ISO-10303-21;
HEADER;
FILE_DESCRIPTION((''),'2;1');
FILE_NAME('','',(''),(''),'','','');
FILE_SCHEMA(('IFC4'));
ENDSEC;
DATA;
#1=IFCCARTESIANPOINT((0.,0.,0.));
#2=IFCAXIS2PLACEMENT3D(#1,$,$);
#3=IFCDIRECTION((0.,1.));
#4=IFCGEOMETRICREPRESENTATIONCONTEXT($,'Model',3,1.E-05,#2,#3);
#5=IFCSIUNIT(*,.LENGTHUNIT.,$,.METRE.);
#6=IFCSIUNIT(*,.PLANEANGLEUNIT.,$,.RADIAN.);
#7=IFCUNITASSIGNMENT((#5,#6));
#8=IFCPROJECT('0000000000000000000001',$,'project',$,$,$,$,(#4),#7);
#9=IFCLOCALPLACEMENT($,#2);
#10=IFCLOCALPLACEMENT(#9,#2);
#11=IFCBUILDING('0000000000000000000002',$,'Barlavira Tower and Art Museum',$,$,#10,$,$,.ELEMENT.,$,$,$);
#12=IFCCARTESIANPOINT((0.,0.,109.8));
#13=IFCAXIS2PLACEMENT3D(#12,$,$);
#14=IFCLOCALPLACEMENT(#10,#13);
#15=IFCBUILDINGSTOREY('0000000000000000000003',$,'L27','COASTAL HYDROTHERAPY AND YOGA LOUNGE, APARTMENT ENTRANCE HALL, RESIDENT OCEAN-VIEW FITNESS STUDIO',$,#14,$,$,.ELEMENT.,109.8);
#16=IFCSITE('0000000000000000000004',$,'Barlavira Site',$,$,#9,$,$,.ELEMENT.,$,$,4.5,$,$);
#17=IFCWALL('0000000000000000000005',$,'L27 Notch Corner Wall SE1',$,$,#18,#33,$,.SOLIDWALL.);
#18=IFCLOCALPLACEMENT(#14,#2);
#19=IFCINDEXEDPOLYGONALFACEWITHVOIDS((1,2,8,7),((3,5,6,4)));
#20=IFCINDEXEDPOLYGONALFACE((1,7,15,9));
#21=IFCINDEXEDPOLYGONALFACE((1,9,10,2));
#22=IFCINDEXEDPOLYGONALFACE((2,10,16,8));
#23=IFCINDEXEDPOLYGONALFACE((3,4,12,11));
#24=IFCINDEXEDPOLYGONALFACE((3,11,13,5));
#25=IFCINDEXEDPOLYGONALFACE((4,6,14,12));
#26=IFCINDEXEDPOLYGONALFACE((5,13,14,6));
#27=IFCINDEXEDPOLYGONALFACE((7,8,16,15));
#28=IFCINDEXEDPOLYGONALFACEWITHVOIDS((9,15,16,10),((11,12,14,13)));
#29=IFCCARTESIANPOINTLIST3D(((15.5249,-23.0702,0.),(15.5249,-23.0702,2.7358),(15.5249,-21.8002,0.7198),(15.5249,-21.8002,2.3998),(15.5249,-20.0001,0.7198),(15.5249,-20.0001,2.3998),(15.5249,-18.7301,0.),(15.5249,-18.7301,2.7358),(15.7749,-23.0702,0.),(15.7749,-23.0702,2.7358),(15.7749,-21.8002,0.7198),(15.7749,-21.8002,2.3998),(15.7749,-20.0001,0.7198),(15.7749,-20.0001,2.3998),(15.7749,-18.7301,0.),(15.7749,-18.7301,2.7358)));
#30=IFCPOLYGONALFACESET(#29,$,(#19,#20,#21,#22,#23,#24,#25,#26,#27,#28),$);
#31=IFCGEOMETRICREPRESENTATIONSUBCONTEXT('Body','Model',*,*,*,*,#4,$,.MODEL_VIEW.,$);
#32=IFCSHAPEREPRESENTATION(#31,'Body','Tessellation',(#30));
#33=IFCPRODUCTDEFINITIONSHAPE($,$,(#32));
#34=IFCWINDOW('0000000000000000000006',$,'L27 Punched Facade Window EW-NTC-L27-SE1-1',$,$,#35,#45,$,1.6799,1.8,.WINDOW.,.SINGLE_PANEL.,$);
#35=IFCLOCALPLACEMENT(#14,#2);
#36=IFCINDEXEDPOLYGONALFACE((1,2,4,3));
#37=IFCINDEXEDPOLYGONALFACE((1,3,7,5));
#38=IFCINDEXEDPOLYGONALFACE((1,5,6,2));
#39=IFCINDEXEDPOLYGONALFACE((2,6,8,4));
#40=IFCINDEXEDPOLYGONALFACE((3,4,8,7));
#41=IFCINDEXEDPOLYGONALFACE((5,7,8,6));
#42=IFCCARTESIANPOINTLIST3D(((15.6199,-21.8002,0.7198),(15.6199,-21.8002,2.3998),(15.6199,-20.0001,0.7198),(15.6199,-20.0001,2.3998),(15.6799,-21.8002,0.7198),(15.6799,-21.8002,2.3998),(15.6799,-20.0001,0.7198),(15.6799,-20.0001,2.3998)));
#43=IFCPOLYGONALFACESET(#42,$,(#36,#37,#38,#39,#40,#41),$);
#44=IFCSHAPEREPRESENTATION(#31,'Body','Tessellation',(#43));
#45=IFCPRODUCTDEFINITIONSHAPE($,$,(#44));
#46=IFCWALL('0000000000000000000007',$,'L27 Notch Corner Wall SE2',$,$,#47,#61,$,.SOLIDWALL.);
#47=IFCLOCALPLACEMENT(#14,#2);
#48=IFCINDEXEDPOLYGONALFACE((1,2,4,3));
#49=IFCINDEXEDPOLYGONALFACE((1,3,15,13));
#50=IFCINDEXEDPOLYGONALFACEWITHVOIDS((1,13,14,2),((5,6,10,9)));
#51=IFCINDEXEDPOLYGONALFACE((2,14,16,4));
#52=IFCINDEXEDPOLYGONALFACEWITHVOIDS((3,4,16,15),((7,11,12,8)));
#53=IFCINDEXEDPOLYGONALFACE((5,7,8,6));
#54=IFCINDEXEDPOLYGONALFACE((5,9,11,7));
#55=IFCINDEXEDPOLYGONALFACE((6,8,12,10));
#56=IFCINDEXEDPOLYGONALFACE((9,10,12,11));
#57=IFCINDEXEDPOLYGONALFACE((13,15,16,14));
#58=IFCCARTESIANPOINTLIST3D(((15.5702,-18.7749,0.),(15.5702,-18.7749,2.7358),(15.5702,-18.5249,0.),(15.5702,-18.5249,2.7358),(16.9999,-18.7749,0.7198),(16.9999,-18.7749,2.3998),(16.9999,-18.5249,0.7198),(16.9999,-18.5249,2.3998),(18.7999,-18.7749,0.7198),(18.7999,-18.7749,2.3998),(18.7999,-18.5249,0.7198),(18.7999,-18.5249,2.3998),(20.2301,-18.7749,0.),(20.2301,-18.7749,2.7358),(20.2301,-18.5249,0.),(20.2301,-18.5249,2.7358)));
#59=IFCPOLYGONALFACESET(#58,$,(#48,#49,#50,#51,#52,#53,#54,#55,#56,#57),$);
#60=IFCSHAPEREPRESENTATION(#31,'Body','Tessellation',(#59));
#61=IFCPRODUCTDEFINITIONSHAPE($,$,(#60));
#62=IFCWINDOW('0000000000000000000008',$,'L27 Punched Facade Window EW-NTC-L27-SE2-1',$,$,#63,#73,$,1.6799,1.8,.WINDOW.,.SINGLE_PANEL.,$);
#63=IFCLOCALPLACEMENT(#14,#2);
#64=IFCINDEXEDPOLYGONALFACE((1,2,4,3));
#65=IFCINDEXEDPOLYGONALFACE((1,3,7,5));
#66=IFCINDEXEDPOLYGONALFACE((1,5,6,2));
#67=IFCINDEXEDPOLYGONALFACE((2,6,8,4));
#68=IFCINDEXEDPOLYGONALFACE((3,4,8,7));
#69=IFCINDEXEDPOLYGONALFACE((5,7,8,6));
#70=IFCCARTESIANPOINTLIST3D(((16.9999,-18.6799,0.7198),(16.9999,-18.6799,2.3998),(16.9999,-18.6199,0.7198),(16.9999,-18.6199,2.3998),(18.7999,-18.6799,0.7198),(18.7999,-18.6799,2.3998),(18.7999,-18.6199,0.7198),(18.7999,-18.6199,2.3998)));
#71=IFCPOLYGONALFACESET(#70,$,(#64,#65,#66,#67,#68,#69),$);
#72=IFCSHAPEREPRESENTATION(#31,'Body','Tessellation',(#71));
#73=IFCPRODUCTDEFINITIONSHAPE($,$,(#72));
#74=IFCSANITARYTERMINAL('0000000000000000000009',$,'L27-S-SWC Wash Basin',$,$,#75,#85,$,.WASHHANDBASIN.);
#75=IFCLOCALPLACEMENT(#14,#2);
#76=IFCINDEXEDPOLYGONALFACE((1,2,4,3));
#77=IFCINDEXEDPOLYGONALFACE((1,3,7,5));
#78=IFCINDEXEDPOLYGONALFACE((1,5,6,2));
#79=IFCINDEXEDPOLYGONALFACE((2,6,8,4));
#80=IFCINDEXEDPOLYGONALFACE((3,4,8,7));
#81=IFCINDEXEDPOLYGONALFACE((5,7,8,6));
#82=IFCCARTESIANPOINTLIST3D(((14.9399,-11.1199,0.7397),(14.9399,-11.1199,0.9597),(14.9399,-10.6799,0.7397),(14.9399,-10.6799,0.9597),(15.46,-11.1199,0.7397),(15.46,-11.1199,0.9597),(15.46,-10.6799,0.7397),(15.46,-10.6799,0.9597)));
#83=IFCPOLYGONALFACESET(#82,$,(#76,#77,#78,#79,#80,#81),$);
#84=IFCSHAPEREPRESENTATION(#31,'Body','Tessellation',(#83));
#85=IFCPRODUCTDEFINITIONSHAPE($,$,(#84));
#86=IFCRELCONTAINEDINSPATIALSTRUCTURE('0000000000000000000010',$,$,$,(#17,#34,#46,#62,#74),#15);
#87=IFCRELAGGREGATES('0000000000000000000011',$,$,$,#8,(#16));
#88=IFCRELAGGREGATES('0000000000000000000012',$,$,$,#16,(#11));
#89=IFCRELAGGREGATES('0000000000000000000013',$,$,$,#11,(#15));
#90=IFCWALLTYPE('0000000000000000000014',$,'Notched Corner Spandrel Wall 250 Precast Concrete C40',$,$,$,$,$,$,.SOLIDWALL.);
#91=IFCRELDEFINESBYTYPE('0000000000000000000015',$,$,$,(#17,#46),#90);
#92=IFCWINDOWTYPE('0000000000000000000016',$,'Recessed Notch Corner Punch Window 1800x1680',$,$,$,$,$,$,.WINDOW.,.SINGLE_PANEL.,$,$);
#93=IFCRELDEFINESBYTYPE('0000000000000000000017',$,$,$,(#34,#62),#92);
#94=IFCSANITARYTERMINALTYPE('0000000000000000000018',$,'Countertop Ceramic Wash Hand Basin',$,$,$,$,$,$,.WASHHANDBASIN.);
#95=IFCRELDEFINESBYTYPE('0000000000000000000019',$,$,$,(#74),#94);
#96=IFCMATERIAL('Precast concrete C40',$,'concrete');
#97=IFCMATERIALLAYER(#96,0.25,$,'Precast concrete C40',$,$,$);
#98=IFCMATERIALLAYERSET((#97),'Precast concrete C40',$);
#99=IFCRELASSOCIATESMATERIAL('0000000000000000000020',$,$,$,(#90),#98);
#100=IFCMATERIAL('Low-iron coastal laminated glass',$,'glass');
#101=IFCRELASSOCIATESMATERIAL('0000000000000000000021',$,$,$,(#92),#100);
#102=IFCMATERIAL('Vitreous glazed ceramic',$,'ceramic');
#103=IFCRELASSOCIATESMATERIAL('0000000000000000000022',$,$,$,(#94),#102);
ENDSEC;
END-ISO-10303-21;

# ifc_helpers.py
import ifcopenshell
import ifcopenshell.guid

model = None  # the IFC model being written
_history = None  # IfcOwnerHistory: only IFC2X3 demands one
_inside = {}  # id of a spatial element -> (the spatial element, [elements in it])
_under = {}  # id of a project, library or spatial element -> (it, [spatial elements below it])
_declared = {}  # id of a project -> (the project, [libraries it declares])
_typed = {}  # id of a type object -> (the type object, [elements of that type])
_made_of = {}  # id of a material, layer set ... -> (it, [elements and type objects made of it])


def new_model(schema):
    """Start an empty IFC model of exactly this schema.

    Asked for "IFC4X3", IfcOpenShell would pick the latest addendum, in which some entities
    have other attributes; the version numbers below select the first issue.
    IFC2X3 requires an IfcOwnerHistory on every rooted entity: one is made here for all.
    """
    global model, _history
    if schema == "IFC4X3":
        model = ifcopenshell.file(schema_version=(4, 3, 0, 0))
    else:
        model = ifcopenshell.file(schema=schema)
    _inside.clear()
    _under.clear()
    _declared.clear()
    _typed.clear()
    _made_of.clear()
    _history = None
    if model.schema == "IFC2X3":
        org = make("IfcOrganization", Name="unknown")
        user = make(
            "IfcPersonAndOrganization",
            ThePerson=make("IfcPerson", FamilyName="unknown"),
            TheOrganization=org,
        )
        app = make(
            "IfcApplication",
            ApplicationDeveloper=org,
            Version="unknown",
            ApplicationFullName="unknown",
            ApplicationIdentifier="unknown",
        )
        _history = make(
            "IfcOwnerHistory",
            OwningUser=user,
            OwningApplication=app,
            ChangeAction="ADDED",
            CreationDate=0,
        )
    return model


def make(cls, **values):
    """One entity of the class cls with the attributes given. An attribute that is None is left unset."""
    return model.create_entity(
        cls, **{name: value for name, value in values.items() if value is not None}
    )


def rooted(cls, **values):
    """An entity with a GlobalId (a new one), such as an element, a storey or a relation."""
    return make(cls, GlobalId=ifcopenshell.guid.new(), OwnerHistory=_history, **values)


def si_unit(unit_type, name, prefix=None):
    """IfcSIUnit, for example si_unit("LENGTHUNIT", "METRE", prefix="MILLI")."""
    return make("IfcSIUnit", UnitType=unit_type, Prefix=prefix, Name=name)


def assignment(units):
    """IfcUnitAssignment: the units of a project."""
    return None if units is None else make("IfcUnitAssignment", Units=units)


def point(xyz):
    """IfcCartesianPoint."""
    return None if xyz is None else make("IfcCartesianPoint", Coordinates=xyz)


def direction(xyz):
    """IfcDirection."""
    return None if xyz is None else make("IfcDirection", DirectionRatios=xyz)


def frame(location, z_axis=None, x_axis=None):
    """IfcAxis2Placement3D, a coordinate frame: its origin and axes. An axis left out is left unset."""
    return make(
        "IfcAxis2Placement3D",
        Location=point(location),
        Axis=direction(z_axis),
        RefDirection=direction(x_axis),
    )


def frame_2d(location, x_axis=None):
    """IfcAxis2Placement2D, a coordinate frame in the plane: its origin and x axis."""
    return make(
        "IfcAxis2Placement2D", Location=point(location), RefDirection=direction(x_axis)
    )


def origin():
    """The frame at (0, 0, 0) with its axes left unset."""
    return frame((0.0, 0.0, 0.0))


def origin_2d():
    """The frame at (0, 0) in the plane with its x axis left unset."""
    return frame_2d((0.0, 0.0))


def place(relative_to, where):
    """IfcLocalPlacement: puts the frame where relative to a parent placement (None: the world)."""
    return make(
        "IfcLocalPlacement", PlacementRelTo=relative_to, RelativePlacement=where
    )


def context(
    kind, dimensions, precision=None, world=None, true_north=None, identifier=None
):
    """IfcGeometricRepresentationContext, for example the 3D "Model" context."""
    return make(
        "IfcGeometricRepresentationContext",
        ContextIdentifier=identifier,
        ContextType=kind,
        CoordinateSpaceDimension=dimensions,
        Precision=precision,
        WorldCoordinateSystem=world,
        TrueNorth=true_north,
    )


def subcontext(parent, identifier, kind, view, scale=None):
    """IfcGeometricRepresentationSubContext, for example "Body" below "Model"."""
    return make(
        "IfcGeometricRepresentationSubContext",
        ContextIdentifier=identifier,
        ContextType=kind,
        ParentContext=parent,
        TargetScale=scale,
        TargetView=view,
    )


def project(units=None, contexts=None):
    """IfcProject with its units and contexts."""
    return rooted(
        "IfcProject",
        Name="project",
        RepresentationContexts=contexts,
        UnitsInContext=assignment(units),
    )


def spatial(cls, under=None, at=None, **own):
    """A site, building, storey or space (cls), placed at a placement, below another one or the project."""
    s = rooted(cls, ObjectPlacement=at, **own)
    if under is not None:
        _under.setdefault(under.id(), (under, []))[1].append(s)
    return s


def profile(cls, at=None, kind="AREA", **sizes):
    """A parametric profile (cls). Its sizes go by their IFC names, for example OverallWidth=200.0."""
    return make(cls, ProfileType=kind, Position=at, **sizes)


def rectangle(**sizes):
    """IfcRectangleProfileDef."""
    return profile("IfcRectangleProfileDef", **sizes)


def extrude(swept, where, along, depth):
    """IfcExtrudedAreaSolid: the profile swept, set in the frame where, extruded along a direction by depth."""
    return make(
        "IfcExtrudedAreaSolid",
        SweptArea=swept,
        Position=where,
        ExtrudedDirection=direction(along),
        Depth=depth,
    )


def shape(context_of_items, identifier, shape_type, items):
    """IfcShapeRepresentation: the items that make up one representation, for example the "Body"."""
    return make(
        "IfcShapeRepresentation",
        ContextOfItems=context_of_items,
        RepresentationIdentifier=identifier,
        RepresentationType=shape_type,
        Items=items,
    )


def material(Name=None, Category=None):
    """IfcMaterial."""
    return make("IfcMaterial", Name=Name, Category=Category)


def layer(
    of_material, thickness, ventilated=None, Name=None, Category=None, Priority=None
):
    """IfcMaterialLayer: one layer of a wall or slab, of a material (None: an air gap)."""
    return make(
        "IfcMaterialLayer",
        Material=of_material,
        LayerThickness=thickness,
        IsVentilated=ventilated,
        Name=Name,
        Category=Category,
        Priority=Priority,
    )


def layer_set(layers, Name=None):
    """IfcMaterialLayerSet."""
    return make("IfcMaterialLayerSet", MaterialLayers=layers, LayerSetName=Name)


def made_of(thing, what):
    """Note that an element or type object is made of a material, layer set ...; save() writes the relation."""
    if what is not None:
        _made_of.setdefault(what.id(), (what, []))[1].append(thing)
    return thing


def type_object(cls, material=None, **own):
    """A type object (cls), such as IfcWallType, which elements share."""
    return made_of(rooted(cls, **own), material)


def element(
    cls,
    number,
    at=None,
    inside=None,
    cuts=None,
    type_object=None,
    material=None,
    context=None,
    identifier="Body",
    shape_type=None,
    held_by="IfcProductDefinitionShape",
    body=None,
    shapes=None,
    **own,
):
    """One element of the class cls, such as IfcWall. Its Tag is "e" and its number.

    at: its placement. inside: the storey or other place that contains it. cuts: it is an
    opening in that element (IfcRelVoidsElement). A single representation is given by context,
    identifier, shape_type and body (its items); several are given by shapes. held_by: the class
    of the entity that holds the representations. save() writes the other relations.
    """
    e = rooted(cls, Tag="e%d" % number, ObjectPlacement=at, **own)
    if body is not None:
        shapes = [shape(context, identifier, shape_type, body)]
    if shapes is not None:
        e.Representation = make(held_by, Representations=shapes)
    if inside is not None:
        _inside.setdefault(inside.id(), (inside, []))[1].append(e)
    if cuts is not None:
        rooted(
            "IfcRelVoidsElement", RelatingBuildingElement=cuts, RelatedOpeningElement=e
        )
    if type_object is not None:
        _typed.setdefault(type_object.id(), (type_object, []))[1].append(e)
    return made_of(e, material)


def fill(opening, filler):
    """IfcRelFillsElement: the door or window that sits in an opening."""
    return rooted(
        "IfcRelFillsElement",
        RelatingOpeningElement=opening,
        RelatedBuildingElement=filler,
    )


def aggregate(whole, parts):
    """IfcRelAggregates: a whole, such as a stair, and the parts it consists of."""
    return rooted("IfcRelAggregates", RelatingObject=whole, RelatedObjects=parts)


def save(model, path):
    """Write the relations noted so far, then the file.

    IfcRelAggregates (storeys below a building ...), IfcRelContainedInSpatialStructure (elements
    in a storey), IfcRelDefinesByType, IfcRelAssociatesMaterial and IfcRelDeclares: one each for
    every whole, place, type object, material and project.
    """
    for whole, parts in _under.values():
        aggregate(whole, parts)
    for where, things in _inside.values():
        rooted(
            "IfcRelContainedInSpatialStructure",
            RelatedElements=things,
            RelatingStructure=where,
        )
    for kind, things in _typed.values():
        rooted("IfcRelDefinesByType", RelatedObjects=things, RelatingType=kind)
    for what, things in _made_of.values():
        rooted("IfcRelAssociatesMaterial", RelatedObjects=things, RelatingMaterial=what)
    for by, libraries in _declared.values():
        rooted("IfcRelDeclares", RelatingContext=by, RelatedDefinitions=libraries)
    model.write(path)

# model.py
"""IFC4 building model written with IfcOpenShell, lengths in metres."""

from ifc_helpers import new_model, si_unit, direction, frame, frame_2d, origin, origin_2d, place, context, subcontext, project, spatial, rectangle, extrude, material, layer, layer_set, type_object, element, fill, save


model = new_model("IFC4")

# Units and contexts
model_context = context("Model", 3, precision=1e-05, world=origin(), true_north=direction((0.0, 1.0)))
body_context = subcontext(model_context, "Body", "Model", "MODEL_VIEW")
ifc_project = project(units=[si_unit("LENGTHUNIT", "METRE"), si_unit("PLANEANGLEUNIT", "RADIAN")], contexts=[model_context])

# Site, building, storey
site_placement = place(None, origin())
site = spatial("IfcSite", under=ifc_project, at=site_placement, Name="Barlavira Site", CompositionType="ELEMENT", RefElevation=4.5)
building_placement = place(site_placement, origin())
building = spatial("IfcBuilding", under=site, at=building_placement, Name="Barlavira Tower and Art Museum", CompositionType="ELEMENT")
storey_placement = place(building_placement, frame((0.0, 0.0, 109.8)))
storey = spatial("IfcBuildingStorey", under=building, at=storey_placement, Name="L27", Description="COASTAL HYDROTHERAPY AND YOGA LOUNGE, APARTMENT ENTRANCE HALL, RESIDENT OCEAN-VIEW FITNESS STUDIO", CompositionType="ELEMENT", Elevation=109.8)

# Walls, openings, windows
ifc_material_1 = material(Name="Precast concrete C40", Category="concrete")
ifc_layer_1 = layer(ifc_material_1, 0.25, Name="Precast concrete C40")
ifc_layer_set_1 = layer_set([ifc_layer_1], Name="Precast concrete C40")
wall_type_1 = type_object("IfcWallType", Name="Notched Corner Spandrel Wall 250 Precast Concrete C40", PredefinedType="SOLIDWALL", material=ifc_layer_set_1)
ifc_material_2 = material(Name="Low-iron coastal laminated glass", Category="glass")
window_type = type_object("IfcWindowType", Name="Recessed Notch Corner Punch Window 1800x1680", PartitioningType="SINGLE_PANEL", PredefinedType="WINDOW", material=ifc_material_2)
wall_1_placement = place(storey_placement, frame((15.6499, -23.0701, 0.0), z_axis=(0.0, 0.0, 1.0), x_axis=(0.0, 1.0, 0.0)))
wall_1 = element("IfcWall", 1, at=wall_1_placement, inside=storey, type_object=wall_type_1, Name="L27 Notch Corner Wall SE1", PredefinedType="SOLIDWALL", context=body_context, shape_type="SweptSolid", body=[
    extrude(rectangle(XDim=4.3401, YDim=0.25, at=frame_2d((2.1699, 0.0))), origin(), (0.0, 0.0, 1.0), 2.7358),
])
opening_1_placement = place(wall_1_placement, frame((1.27, 0.0, 0.72)))
opening_1 = element("IfcOpeningElement", 2, at=opening_1_placement, cuts=wall_1, PredefinedType="OPENING", context=body_context, shape_type="SweptSolid", body=[
    extrude(rectangle(XDim=1.8, YDim=1.6799, at=frame_2d((0.8999, 0.8398))), frame((0.0, 0.135, 0.0), z_axis=(0.0, -1.0, 0.0), x_axis=(1.0, 0.0, 0.0)), (0.0, 0.0, 1.0), 0.27),
])
window_1_placement = place(opening_1_placement, origin())
window_1 = element("IfcWindow", 3, at=window_1_placement, inside=storey, type_object=window_type, Name="L27 Punched Facade Window EW-NTC-L27-SE1-1", OverallHeight=1.6799, OverallWidth=1.8, PartitioningType="SINGLE_PANEL", PredefinedType="WINDOW", context=body_context, shape_type="SweptSolid", body=[
    extrude(rectangle(XDim=1.8, YDim=1.6799, at=frame_2d((0.8999, 0.8398))), frame((0.0, 0.03, 0.0), z_axis=(0.0, -1.0, 0.0), x_axis=(1.0, 0.0, 0.0)), (0.0, 0.0, 1.0), 0.0601),
])
fill(opening_1, window_1)
wall_2_placement = place(storey_placement, frame((15.5701, -18.6499, 0.0), z_axis=(0.0, 0.0, 1.0), x_axis=(1.0, 0.0, 0.0)))
wall_2 = element("IfcWall", 4, at=wall_2_placement, inside=storey, type_object=wall_type_1, Name="L27 Notch Corner Wall SE2", PredefinedType="SOLIDWALL", context=body_context, shape_type="SweptSolid", body=[
    extrude(rectangle(XDim=4.6599, YDim=0.25, at=frame_2d((2.3301, 0.0))), origin(), (0.0, 0.0, 1.0), 2.7358),
])
opening_2_placement = place(wall_2_placement, frame((1.4299, 0.0, 0.72)))
opening_2 = element("IfcOpeningElement", 5, at=opening_2_placement, cuts=wall_2, PredefinedType="OPENING", context=body_context, shape_type="SweptSolid", body=[
    extrude(rectangle(XDim=1.8, YDim=1.6799, at=frame_2d((0.8999, 0.8398))), frame((0.0, 0.135, 0.0), z_axis=(0.0, -1.0, 0.0), x_axis=(1.0, 0.0, 0.0)), (0.0, 0.0, 1.0), 0.27),
])
window_2_placement = place(opening_2_placement, origin())
window_2 = element("IfcWindow", 6, at=window_2_placement, inside=storey, type_object=window_type, Name="L27 Punched Facade Window EW-NTC-L27-SE2-1", OverallHeight=1.6799, OverallWidth=1.8, PartitioningType="SINGLE_PANEL", PredefinedType="WINDOW", context=body_context, shape_type="SweptSolid", body=[
    extrude(rectangle(XDim=1.8, YDim=1.6799, at=frame_2d((0.8999, 0.8398))), frame((0.0, 0.03, 0.0), z_axis=(0.0, -1.0, 0.0), x_axis=(1.0, 0.0, 0.0)), (0.0, 0.0, 1.0), 0.0601),
])
fill(opening_2, window_2)

# Sanitary terminal
ifc_material_3 = material(Name="Vitreous glazed ceramic", Category="ceramic")
sanitary_terminal_type = type_object("IfcSanitaryTerminalType", Name="Countertop Ceramic Wash Hand Basin", PredefinedType="WASHHANDBASIN", material=ifc_material_3)
sanitary_terminal_placement = place(storey_placement, frame((15.2, -10.8999, 0.7397), z_axis=(0.0, 0.0, 1.0), x_axis=(1.0, 0.0, 0.0)))
element("IfcSanitaryTerminal", 7, at=sanitary_terminal_placement, inside=storey, type_object=sanitary_terminal_type, Name="L27-S-SWC Wash Basin", PredefinedType="WASHHANDBASIN", context=body_context, shape_type="SweptSolid", body=[
    extrude(rectangle(XDim=0.52, YDim=0.4399, at=origin_2d()), origin(), (0.0, 0.0, 1.0), 0.22),
])

save(model, "model.ifc")
